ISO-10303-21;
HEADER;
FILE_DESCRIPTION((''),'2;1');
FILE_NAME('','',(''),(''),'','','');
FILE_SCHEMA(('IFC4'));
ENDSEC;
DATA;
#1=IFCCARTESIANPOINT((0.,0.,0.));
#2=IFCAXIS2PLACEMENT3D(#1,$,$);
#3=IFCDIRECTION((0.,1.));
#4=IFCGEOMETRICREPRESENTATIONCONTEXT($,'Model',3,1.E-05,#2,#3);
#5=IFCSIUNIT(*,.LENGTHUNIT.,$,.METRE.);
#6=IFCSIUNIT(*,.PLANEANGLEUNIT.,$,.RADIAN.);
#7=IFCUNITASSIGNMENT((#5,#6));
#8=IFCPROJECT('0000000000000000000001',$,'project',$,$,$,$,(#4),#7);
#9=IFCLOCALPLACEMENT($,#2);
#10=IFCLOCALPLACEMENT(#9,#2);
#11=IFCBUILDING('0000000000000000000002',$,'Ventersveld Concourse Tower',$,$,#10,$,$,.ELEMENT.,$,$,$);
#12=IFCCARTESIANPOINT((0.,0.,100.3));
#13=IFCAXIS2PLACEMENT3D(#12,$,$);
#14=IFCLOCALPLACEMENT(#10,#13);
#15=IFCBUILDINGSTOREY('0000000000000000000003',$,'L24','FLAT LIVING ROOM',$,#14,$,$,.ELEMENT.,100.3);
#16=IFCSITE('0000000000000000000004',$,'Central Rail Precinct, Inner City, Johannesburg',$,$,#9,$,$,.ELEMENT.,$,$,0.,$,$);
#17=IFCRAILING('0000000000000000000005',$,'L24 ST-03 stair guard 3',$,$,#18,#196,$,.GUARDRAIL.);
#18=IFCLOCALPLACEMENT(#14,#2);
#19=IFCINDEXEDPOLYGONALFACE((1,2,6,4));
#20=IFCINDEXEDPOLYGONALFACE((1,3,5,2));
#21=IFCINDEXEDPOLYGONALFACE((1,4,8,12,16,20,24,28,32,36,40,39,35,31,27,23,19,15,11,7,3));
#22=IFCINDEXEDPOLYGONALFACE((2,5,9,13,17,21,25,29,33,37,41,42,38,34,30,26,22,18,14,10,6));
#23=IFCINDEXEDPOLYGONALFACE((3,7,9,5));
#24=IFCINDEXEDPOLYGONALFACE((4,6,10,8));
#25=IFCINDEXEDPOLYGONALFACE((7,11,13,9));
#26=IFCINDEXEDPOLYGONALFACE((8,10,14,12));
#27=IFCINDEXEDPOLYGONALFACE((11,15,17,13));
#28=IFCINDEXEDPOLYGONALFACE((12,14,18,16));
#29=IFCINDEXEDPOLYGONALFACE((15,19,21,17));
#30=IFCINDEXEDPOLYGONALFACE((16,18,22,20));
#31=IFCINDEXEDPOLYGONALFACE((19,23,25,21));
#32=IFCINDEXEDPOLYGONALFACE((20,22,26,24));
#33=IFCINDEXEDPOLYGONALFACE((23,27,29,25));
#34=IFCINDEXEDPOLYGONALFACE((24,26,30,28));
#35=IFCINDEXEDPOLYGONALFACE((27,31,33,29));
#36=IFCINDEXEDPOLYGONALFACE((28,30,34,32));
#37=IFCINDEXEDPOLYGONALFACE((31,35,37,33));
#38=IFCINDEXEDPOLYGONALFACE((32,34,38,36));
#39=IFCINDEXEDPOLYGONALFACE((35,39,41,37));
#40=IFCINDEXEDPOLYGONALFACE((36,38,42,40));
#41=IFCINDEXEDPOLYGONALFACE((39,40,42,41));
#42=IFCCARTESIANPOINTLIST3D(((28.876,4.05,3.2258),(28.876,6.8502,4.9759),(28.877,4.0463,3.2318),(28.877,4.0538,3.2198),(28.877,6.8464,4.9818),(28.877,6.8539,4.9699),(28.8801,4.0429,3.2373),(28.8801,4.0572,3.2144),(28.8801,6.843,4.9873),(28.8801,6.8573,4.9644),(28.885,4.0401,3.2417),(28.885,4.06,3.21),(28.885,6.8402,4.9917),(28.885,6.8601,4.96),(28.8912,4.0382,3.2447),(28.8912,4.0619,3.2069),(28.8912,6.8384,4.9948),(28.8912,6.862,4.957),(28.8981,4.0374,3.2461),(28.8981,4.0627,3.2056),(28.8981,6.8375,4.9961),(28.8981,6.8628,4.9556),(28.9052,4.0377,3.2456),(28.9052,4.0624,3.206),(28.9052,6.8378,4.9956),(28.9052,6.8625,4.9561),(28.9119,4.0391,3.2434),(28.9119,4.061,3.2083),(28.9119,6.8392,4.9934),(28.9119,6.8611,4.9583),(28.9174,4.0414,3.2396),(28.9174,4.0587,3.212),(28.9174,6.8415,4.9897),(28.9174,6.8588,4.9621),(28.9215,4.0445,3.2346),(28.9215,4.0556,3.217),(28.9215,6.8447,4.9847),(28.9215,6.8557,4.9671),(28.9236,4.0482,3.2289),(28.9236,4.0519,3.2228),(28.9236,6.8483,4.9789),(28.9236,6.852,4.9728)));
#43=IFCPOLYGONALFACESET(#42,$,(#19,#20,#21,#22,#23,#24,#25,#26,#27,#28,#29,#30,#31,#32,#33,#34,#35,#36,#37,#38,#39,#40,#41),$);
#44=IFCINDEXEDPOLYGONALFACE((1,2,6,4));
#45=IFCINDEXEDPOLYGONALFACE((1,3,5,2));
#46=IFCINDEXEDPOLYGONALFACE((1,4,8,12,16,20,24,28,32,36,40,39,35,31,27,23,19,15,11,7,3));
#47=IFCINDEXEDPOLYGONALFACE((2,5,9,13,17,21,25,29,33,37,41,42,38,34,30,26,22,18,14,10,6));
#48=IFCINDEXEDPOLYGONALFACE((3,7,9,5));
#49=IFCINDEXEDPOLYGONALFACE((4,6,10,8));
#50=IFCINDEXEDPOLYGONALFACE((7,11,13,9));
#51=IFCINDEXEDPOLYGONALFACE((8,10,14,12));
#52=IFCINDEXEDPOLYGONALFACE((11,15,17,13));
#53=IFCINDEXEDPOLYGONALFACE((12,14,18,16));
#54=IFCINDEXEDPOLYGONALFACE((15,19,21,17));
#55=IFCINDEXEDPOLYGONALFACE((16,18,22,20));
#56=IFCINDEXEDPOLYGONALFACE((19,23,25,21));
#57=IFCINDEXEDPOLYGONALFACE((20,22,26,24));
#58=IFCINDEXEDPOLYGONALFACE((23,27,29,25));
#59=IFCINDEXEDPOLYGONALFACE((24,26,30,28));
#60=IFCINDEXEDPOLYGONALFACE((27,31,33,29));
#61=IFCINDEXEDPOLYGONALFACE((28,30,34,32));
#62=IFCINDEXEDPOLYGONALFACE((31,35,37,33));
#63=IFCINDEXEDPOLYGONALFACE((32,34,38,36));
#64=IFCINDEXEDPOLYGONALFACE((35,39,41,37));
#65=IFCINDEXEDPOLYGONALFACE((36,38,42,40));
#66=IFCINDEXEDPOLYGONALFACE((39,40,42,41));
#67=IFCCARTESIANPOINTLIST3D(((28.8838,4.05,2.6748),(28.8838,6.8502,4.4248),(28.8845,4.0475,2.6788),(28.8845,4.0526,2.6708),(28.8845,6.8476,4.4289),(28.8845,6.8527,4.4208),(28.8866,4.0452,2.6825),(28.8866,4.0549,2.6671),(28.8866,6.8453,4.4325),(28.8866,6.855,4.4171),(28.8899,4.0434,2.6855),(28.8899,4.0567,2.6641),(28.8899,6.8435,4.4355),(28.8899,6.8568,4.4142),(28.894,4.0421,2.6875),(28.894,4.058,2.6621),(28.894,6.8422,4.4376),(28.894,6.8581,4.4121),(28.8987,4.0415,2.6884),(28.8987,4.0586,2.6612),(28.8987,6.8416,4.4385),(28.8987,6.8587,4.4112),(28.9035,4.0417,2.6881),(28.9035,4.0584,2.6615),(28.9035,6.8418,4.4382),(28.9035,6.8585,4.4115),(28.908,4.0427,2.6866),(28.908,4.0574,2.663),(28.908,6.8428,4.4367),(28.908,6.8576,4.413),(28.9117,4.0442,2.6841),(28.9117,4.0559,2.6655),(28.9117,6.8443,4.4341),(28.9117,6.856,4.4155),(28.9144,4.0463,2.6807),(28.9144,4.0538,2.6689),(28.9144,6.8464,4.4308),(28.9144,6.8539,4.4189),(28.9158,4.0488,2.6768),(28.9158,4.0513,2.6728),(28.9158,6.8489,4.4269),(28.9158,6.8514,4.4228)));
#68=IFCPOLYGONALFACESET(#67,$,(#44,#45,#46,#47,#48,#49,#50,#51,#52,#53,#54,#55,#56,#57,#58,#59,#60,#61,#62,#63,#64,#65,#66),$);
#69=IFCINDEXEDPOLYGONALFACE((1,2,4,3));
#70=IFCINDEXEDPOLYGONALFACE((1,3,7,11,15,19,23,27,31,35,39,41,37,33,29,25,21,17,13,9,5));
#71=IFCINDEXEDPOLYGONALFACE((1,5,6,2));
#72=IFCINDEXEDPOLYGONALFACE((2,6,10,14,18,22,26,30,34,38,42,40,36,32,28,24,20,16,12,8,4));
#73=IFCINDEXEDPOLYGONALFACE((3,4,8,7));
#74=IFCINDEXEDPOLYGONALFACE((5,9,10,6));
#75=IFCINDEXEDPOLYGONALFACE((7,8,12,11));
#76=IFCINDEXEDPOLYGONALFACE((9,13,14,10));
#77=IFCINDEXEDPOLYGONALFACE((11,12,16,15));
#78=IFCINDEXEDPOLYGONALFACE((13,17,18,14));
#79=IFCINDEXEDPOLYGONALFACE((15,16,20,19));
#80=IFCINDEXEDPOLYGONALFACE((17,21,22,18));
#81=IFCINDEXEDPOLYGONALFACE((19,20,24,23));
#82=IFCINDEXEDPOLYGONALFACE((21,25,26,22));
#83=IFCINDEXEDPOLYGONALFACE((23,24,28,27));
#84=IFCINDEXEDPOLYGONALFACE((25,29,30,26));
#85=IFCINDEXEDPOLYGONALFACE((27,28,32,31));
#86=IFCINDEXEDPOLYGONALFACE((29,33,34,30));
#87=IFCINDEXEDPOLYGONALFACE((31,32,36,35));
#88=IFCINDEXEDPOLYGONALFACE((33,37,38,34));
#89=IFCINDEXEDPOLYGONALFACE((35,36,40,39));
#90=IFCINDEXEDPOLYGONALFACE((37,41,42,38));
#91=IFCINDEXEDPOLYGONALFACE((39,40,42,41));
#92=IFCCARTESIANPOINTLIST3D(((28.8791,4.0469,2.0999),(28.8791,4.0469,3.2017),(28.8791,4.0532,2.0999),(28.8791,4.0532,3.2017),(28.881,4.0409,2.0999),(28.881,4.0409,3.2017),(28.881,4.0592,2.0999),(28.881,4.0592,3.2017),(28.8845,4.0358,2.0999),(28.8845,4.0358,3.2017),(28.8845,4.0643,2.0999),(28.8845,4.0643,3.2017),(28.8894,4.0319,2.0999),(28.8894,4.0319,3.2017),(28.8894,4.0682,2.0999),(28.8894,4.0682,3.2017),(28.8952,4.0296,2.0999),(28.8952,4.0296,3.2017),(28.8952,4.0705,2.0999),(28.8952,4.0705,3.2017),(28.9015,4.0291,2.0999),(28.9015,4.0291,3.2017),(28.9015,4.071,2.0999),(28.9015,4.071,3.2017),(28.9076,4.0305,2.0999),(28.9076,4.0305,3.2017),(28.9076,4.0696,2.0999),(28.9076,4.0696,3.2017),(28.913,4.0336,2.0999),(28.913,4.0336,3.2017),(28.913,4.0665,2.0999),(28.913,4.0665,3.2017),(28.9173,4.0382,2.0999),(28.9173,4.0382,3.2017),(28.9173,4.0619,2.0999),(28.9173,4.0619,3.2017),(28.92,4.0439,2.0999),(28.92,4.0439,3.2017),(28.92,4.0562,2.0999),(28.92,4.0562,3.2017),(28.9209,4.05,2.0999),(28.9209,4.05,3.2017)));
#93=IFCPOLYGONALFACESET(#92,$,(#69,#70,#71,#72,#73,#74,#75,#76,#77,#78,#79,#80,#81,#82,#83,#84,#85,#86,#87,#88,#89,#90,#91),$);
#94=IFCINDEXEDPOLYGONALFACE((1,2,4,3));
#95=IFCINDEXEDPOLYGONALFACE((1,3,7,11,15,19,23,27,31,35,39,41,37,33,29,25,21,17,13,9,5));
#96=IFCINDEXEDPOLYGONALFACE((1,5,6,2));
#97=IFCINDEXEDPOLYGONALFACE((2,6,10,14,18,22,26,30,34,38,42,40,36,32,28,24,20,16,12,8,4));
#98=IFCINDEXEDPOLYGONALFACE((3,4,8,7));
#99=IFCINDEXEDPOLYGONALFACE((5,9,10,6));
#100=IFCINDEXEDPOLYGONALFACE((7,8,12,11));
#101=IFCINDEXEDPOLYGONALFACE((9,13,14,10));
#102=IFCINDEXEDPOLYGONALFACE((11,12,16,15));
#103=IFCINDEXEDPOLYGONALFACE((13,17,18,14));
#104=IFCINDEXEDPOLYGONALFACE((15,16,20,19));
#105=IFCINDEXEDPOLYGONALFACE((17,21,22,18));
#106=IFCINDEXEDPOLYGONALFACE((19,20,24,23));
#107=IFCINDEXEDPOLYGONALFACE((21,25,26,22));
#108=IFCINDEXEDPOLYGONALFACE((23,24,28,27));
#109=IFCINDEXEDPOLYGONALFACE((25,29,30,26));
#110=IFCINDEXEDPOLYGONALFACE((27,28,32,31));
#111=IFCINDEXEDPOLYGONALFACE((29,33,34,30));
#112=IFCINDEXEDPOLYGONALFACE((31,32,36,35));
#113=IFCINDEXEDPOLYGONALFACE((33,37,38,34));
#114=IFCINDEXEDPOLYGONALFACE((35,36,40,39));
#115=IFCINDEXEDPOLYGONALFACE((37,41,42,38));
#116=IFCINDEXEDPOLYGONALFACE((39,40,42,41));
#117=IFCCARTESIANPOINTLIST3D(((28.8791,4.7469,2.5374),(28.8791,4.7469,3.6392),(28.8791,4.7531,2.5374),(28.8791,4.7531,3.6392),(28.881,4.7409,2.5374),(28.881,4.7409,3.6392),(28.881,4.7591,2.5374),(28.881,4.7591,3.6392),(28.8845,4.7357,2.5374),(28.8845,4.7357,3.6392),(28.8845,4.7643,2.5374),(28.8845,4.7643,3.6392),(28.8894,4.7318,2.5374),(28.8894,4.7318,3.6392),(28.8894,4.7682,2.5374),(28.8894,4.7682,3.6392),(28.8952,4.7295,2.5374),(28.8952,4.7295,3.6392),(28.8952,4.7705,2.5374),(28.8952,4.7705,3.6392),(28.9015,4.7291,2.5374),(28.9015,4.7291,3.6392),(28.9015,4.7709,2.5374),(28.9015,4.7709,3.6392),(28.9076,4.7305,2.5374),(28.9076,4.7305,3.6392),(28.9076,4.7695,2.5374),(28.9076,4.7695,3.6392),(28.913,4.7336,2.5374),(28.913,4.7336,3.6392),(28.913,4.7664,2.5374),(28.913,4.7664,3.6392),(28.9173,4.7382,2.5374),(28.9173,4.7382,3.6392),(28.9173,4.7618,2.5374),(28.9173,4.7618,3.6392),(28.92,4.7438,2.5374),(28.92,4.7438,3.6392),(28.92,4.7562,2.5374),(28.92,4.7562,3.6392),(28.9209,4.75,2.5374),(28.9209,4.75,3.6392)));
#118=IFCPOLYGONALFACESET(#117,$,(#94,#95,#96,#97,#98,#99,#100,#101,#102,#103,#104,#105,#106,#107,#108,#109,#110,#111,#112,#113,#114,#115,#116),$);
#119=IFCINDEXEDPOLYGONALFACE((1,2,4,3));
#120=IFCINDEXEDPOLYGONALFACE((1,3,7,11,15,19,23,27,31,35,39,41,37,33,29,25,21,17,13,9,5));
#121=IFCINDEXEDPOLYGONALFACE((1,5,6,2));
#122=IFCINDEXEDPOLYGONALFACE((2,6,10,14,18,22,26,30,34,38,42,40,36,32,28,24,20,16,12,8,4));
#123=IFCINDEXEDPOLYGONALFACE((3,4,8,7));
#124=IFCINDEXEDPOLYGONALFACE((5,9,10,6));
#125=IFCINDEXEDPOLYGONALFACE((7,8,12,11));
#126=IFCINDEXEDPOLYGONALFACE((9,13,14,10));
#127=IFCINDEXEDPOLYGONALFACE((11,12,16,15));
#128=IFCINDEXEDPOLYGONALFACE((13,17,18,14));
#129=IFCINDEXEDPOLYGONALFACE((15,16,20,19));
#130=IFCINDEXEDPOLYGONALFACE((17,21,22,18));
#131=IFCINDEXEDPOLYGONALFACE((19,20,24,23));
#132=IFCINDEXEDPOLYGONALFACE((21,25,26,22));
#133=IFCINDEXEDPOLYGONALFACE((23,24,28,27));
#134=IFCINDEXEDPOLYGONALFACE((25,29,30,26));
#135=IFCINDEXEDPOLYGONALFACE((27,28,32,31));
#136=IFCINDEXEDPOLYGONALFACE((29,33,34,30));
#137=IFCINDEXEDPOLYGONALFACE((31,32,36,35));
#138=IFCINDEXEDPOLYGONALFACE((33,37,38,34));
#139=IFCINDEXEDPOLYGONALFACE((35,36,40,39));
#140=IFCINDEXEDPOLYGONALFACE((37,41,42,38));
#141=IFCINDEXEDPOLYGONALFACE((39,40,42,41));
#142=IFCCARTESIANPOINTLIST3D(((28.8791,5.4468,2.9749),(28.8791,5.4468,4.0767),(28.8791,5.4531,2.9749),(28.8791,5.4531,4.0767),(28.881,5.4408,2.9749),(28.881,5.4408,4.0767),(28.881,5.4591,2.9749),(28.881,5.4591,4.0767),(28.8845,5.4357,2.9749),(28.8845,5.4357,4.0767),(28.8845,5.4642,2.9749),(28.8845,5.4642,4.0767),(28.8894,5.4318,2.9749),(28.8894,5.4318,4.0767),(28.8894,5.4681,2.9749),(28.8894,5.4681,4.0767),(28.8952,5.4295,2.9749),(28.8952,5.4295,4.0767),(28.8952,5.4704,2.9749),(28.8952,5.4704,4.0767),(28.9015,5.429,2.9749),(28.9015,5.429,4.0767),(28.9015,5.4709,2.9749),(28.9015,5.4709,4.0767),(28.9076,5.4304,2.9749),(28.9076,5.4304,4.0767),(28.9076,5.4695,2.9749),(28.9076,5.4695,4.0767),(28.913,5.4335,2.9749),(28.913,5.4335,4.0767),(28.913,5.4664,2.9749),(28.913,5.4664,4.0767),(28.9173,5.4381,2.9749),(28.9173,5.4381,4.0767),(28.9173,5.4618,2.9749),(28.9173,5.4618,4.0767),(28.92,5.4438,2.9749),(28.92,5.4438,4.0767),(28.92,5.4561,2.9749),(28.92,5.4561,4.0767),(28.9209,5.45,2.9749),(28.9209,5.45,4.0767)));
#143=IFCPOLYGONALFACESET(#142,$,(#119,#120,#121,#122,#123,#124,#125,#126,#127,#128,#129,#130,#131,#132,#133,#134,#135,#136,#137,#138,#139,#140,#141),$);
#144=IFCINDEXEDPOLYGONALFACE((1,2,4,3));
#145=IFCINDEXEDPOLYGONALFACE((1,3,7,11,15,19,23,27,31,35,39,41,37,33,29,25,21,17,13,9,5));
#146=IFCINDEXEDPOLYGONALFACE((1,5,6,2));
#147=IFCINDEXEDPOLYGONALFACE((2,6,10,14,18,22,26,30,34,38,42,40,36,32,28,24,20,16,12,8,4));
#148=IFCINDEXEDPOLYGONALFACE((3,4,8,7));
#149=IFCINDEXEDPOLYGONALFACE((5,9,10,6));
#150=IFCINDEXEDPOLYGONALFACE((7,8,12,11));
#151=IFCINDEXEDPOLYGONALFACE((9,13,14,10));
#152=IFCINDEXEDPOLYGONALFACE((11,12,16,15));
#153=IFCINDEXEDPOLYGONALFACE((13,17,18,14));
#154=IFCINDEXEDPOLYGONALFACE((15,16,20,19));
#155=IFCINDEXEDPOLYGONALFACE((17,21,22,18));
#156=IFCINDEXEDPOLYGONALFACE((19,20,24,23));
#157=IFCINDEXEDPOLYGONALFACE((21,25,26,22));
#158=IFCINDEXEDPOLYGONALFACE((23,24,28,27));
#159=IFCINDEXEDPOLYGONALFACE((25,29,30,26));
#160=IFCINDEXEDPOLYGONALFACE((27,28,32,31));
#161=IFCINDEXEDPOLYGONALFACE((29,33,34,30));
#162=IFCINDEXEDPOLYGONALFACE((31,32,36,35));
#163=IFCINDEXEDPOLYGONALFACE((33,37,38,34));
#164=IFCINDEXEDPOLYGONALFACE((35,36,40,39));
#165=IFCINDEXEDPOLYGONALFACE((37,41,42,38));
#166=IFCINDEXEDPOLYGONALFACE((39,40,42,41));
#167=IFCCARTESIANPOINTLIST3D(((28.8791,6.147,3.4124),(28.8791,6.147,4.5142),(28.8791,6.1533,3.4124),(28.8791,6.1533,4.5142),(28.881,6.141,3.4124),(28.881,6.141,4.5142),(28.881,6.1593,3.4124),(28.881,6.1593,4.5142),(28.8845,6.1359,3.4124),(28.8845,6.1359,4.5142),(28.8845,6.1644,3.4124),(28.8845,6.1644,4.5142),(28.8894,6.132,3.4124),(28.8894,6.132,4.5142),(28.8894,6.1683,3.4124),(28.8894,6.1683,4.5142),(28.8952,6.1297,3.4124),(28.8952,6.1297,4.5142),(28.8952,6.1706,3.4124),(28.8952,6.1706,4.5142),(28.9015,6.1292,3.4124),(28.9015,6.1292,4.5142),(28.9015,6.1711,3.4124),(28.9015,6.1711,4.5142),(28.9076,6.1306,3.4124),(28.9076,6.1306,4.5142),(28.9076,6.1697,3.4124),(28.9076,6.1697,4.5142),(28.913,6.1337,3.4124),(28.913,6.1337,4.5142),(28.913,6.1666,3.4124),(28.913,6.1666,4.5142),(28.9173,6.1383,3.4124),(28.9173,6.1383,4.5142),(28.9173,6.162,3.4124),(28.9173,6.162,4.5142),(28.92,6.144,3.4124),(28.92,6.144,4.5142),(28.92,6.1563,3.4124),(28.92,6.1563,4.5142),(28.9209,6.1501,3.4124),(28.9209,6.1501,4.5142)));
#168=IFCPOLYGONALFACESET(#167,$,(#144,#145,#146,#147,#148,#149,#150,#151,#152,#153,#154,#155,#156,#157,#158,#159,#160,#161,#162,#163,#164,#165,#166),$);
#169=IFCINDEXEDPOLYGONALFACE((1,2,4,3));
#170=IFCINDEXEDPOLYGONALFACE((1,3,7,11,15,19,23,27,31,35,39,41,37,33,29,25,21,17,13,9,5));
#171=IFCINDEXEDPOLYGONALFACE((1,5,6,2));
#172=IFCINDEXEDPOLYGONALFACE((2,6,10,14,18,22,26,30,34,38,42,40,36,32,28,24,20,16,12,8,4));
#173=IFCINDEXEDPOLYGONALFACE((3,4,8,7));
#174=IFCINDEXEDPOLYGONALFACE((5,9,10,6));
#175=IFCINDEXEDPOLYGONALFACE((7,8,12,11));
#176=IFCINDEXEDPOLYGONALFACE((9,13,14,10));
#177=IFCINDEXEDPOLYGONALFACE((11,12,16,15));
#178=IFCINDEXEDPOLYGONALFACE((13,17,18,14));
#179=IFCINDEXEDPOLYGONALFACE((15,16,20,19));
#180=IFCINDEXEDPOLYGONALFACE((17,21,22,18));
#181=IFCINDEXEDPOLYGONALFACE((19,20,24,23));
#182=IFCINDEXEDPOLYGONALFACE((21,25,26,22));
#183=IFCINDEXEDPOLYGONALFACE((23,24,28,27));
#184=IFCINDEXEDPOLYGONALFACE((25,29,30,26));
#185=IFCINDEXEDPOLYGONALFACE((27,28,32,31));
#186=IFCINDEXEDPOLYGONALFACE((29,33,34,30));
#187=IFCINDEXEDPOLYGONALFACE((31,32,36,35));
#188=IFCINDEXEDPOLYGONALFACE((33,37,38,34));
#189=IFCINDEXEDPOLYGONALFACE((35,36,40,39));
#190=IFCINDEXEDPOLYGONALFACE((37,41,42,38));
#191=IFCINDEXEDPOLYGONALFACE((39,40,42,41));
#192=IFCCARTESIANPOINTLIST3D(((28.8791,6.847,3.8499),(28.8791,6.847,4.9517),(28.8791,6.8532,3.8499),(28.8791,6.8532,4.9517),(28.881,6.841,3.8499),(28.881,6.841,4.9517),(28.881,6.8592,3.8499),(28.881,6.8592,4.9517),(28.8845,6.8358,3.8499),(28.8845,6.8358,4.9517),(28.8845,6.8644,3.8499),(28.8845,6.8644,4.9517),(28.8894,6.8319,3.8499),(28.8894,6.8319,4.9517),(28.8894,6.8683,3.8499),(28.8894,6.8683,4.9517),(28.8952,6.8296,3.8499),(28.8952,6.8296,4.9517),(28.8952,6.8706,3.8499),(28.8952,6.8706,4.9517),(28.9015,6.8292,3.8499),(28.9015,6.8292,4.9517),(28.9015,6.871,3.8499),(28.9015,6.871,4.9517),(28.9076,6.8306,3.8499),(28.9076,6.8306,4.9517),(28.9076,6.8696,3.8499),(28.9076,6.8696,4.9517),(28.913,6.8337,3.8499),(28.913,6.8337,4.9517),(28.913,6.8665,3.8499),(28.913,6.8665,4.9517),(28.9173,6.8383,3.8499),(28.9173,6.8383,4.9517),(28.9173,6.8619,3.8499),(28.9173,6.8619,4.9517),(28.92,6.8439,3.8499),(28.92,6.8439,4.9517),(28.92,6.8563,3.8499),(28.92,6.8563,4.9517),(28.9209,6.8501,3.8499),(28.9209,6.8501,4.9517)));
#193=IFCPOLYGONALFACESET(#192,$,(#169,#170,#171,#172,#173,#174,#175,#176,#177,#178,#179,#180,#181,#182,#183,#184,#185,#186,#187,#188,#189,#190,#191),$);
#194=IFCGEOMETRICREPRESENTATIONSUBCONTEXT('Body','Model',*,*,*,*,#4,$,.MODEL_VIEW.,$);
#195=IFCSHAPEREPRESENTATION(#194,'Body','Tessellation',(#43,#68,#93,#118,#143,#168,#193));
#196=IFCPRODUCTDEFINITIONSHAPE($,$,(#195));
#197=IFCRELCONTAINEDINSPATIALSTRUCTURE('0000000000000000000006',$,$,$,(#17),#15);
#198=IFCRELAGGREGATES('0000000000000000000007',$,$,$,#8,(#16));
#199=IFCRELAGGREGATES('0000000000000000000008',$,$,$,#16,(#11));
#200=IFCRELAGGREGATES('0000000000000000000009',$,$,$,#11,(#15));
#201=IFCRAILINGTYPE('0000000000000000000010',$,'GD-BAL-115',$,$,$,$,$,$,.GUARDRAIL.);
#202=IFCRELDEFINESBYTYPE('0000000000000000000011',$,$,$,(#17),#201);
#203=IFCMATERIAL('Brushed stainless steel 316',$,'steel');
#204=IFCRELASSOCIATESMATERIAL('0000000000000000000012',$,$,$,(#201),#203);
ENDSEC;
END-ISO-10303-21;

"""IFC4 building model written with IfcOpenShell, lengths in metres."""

from ifc_helpers import new_model, si_unit, direction, frame, origin, origin_2d, place, context, subcontext, project, spatial, circle, extrude, material, type_object, element, save


model = new_model("IFC4")

# Units and contexts
model_context = context("Model", 3, precision=1e-05, world=origin(), true_north=direction((0.0, 1.0)))
body_context = subcontext(model_context, "Body", "Model", "MODEL_VIEW")
ifc_project = project(units=[si_unit("LENGTHUNIT", "METRE"), si_unit("PLANEANGLEUNIT", "RADIAN")], contexts=[model_context])

# Site, building, storey
site_placement = place(None, origin())
site = spatial("IfcSite", under=ifc_project, at=site_placement, Name="Central Rail Precinct, Inner City, Johannesburg", CompositionType="ELEMENT", RefElevation=0.0)
building_placement = place(site_placement, origin())
building = spatial("IfcBuilding", under=site, at=building_placement, Name="Ventersveld Concourse Tower", CompositionType="ELEMENT")
storey_placement = place(building_placement, frame((0.0, 0.0, 100.3)))
storey = spatial("IfcBuildingStorey", under=building, at=storey_placement, Name="L24", Description="FLAT LIVING ROOM", CompositionType="ELEMENT", Elevation=100.3)

# Railing
ifc_material_1 = material(Name="Brushed stainless steel 316", Category="steel")
railing_type_1 = type_object("IfcRailingType", Name="GD-BAL-115", PredefinedType="GUARDRAIL", material=ifc_material_1)
railing_1_placement = place(storey_placement, frame((28.8999, 4.05, 2.0999)))
element("IfcRailing", 1, at=railing_1_placement, inside=storey, type_object=railing_type_1, Name="L24 ST-03 stair guard 3", PredefinedType="GUARDRAIL", context=body_context, shape_type="SweptSolid", body=[
    extrude(circle(Radius=0.0239, at=origin_2d()), frame((0.0, 0.0, 1.126), z_axis=(0.0, 0.848002, 0.529992), x_axis=(-1.0, 0.0, 0.0)), (0.0, 0.0, 1.0), 3.302),
    extrude(circle(Radius=0.0161, at=origin_2d()), frame((0.0, 0.0, 0.575), z_axis=(0.0, 0.848002, 0.529992), x_axis=(-1.0, 0.0, 0.0)), (0.0, 0.0, 1.0), 3.302),
    extrude(circle(Radius=0.021, at=origin_2d()), origin(), (0.0, 0.0, 1.0), 1.1018),
    extrude(circle(Radius=0.021, at=origin_2d()), frame((0.0, 0.7, 0.4375)), (0.0, 0.0, 1.0), 1.1018),
    extrude(circle(Radius=0.021, at=origin_2d()), frame((0.0, 1.3999, 0.875)), (0.0, 0.0, 1.0), 1.1018),
    extrude(circle(Radius=0.021, at=origin_2d()), frame((0.0, 2.1001, 1.3125)), (0.0, 0.0, 1.0), 1.1018),
    extrude(circle(Radius=0.021, at=origin_2d()), frame((0.0, 2.8, 1.75)), (0.0, 0.0, 1.0), 1.1018),
])

save(model, "model.ifc")
